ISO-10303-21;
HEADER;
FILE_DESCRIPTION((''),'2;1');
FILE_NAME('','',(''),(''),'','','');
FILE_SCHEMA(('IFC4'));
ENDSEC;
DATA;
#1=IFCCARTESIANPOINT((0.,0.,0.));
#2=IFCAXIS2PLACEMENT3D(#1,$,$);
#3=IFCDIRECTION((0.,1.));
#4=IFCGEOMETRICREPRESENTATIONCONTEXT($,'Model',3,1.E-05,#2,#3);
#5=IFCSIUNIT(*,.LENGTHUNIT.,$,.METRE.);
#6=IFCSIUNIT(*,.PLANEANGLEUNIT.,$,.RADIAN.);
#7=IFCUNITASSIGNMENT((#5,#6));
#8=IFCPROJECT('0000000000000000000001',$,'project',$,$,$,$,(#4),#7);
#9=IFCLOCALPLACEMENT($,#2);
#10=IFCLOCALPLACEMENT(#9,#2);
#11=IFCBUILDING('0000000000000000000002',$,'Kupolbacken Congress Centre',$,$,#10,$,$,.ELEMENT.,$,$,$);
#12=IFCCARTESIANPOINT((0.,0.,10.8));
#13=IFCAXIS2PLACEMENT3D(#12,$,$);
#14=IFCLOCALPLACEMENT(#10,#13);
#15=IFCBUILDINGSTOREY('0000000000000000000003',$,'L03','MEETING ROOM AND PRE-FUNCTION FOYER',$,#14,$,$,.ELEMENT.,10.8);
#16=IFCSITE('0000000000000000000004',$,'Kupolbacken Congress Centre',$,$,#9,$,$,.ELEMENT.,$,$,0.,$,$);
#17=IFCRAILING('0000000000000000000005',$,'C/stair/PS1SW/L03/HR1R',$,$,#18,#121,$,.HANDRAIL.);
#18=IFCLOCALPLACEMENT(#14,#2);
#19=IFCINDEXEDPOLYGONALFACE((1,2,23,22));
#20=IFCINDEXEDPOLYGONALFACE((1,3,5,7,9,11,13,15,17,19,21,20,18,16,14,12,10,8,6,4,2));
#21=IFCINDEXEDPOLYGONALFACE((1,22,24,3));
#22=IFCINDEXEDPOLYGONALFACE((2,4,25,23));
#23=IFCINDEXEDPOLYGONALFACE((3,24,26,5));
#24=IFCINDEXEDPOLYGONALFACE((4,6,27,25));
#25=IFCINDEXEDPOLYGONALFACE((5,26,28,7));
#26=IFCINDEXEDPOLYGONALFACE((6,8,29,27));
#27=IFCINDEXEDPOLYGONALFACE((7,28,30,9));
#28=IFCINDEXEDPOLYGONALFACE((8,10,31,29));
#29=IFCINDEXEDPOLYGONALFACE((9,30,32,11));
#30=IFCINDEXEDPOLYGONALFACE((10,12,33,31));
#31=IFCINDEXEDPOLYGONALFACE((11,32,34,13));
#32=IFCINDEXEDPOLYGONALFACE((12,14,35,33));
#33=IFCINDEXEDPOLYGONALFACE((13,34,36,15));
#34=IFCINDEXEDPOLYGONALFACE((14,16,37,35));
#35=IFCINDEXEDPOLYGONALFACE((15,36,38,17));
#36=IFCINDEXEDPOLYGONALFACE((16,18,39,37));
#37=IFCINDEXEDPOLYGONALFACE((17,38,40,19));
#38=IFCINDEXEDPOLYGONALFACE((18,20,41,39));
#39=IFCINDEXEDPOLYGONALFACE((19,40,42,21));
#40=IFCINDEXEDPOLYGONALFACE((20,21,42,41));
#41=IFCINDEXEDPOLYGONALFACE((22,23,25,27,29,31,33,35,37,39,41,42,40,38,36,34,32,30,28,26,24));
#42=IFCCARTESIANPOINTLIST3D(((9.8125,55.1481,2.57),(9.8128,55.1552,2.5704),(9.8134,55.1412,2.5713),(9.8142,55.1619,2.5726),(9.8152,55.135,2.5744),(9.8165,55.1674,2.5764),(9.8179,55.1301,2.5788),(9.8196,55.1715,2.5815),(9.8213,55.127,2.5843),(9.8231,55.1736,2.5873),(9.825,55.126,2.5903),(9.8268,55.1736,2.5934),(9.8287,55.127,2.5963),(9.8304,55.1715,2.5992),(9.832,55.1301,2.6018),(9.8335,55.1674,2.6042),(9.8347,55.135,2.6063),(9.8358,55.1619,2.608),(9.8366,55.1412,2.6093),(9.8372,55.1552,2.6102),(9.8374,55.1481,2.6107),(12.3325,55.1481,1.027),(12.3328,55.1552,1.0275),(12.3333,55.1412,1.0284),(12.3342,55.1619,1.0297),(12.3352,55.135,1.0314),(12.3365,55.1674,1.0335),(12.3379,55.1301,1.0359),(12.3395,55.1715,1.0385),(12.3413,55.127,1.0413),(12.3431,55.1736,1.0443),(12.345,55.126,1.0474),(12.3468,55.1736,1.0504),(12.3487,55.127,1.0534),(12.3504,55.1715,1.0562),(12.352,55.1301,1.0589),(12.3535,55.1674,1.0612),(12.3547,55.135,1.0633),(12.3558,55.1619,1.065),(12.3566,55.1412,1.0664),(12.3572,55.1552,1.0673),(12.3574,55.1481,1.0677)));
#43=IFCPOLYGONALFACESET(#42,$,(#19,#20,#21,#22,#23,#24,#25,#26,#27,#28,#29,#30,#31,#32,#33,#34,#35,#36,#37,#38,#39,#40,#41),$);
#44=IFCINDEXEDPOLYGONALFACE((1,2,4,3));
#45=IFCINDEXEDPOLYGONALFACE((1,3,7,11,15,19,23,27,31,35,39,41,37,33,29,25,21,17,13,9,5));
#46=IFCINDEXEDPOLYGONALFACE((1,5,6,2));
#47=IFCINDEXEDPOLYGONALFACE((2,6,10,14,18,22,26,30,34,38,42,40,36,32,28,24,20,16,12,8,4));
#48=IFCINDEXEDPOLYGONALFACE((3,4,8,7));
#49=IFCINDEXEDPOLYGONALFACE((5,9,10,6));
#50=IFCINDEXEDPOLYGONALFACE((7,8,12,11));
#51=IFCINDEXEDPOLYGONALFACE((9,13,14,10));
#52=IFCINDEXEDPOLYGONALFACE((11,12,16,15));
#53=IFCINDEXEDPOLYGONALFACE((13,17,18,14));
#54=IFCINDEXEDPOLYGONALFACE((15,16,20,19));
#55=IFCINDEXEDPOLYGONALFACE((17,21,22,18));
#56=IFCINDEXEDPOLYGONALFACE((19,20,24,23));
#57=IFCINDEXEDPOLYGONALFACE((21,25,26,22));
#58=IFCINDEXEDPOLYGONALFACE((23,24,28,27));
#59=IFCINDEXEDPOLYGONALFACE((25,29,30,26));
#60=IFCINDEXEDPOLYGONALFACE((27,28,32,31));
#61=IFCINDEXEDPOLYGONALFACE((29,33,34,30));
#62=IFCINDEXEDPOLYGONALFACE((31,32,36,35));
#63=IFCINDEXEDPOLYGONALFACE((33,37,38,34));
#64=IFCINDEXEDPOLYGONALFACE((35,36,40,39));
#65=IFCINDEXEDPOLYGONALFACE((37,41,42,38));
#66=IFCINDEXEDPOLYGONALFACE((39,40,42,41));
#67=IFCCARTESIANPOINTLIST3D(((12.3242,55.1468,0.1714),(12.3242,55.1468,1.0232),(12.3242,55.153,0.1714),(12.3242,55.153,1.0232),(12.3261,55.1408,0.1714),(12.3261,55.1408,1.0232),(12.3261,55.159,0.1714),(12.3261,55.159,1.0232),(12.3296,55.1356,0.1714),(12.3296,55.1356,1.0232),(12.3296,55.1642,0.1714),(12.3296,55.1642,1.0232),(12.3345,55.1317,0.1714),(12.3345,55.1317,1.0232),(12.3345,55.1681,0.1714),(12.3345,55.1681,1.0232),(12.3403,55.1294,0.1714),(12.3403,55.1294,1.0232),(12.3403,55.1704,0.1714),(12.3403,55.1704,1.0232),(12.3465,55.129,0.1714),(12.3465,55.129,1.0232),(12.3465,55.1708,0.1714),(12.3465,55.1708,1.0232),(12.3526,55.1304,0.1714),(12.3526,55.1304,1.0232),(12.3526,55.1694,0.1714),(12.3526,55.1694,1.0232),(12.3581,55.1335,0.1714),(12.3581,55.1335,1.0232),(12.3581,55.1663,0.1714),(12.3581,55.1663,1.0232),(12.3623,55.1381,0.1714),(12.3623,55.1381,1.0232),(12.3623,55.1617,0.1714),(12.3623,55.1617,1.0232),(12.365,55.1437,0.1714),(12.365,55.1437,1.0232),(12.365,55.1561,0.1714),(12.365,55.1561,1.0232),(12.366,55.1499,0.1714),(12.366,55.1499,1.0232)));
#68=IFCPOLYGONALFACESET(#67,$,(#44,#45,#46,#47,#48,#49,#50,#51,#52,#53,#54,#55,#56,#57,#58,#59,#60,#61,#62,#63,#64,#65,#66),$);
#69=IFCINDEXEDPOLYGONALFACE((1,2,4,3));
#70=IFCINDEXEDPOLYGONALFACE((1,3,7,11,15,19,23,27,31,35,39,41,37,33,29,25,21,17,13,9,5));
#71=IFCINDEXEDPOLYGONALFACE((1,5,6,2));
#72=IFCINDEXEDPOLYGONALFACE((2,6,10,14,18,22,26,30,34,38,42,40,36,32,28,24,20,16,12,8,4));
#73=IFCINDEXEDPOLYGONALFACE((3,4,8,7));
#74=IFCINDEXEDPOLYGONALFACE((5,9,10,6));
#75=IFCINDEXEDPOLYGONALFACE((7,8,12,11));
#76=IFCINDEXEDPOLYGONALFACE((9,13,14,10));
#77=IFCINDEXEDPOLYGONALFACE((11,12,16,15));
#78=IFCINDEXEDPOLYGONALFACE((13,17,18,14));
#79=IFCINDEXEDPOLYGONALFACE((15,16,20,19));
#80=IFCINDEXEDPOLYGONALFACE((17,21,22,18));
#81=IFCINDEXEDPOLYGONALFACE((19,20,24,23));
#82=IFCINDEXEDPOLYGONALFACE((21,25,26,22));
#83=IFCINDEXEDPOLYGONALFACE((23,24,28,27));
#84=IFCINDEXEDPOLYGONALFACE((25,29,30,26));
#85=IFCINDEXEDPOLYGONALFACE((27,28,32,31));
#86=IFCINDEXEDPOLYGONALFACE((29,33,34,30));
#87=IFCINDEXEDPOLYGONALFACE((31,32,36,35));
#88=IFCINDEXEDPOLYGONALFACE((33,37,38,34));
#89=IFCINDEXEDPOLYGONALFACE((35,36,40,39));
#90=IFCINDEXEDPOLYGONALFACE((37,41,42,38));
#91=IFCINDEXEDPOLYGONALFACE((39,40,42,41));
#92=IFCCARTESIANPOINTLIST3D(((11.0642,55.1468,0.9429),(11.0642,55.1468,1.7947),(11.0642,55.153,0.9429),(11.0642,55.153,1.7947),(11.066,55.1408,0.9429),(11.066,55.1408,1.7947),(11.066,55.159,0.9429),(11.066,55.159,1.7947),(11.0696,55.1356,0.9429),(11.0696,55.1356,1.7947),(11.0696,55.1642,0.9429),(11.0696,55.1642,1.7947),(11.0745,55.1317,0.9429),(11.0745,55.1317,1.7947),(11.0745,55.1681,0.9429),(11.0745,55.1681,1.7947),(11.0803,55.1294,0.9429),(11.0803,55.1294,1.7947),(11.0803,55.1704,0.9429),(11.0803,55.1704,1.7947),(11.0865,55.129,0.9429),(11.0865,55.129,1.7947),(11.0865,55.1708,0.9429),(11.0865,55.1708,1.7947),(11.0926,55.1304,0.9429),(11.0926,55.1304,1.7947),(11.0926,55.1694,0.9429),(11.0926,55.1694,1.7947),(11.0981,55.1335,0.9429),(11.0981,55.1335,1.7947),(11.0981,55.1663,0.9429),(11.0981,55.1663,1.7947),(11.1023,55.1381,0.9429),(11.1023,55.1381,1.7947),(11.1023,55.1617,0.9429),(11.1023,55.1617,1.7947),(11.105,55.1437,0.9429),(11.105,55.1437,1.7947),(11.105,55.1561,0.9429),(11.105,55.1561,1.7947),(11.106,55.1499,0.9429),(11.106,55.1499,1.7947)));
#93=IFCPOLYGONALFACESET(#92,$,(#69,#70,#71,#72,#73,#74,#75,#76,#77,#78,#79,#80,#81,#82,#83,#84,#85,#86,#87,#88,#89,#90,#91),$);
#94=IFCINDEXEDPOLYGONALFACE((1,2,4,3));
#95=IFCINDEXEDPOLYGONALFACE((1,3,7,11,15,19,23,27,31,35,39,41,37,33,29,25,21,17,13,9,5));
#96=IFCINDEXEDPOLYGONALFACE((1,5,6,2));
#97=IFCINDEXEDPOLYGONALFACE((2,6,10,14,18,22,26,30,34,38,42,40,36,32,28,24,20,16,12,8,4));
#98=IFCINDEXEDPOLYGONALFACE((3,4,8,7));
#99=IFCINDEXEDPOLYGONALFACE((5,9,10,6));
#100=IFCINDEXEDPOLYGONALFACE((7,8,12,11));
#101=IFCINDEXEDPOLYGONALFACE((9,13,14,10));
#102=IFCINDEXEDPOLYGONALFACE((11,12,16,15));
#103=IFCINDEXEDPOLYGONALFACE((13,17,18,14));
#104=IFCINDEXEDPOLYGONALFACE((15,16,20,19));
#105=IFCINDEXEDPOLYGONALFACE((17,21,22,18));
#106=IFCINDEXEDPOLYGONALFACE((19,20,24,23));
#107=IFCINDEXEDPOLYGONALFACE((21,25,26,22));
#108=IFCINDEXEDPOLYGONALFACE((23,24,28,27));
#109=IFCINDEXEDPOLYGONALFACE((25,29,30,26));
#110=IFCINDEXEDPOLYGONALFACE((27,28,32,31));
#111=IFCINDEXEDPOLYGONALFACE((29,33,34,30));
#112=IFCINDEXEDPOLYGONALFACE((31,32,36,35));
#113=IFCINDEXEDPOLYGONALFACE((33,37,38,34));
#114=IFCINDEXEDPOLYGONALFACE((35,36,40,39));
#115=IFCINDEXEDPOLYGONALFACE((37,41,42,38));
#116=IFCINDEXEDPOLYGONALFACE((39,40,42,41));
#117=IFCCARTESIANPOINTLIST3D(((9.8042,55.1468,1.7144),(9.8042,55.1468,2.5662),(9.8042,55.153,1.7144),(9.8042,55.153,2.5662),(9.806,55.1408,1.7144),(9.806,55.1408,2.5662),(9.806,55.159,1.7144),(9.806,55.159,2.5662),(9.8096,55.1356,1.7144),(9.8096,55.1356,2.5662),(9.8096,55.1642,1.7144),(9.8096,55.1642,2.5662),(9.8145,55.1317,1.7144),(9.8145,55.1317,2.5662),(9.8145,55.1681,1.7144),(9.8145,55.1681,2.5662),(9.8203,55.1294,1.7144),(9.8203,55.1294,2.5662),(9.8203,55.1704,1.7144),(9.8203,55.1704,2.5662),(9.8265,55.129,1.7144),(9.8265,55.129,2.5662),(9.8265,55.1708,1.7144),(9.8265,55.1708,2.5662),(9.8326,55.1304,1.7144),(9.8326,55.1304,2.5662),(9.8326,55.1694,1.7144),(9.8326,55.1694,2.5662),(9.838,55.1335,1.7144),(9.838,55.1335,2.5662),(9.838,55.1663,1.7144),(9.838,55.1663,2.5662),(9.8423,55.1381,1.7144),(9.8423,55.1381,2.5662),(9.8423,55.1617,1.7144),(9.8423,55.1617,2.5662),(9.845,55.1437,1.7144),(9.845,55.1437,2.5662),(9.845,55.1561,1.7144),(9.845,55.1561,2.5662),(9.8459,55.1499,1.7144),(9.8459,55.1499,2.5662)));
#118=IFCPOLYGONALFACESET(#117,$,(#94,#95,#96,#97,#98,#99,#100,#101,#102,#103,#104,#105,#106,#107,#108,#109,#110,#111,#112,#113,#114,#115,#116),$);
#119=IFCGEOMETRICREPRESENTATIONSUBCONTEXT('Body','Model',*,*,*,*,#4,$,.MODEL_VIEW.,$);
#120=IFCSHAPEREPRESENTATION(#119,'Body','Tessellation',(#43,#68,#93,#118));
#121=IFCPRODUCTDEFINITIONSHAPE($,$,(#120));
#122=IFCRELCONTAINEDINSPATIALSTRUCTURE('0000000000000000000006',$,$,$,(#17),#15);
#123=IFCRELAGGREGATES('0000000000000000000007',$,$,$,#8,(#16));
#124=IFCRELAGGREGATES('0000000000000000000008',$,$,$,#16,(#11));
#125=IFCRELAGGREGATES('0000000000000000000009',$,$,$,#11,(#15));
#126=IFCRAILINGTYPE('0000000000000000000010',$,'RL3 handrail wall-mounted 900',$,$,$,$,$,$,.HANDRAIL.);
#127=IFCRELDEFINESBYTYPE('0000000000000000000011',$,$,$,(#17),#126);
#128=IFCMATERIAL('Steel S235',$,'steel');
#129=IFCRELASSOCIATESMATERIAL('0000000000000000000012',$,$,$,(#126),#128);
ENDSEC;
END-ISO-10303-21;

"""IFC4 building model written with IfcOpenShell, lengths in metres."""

from ifc_helpers import new_model, si_unit, direction, frame, origin, origin_2d, place, context, subcontext, project, spatial, circle, extrude, material, type_object, element, save


model = new_model("IFC4")

# Units and contexts
model_context = context("Model", 3, precision=1e-05, world=origin(), true_north=direction((0.0, 1.0)))
body_context = subcontext(model_context, "Body", "Model", "MODEL_VIEW")
ifc_project = project(units=[si_unit("LENGTHUNIT", "METRE"), si_unit("PLANEANGLEUNIT", "RADIAN")], contexts=[model_context])

# Site, building, storey
site_placement = place(None, origin())
site = spatial("IfcSite", under=ifc_project, at=site_placement, Name="Kupolbacken Congress Centre", CompositionType="ELEMENT", RefElevation=0.0)
building_placement = place(site_placement, origin())
building = spatial("IfcBuilding", under=site, at=building_placement, Name="Kupolbacken Congress Centre", CompositionType="ELEMENT")
storey_placement = place(building_placement, frame((0.0, 0.0, 10.8)))
storey = spatial("IfcBuildingStorey", under=building, at=storey_placement, Name="L03", Description="MEETING ROOM AND PRE-FUNCTION FOYER", CompositionType="ELEMENT", Elevation=10.8)

# Railing
ifc_material_1 = material(Name="Steel S235", Category="steel")
railing_type = type_object("IfcRailingType", Name="RL3 handrail wall-mounted 900", PredefinedType="HANDRAIL", material=ifc_material_1)
for number, where, name in (
    (1, (12.345, 55.1499, 0.1714), "C/stair/PS1SW/L03/HR1R"),
):
    element("IfcRailing", number, at=place(storey_placement, frame(where)), inside=storey, type_object=railing_type, Name=name, PredefinedType="HANDRAIL", context=body_context, shape_type="SweptSolid", body=[
        extrude(circle(Radius=0.0239, at=origin_2d()), frame((0.0, 0.0, 0.876), z_axis=(-0.852836, 0.0, 0.522178), x_axis=(0.0, -1.0, 0.0)), (0.0, 0.0, 1.0), 2.9548),
        extrude(circle(Radius=0.021, at=origin_2d()), origin(), (0.0, 0.0, 1.0), 0.8518),
        extrude(circle(Radius=0.021, at=origin_2d()), frame((-1.26, 0.0, 0.7715)), (0.0, 0.0, 1.0), 0.8518),
        extrude(circle(Radius=0.021, at=origin_2d()), frame((-2.52, 0.0, 1.543)), (0.0, 0.0, 1.0), 0.8518),
    ])

save(model, "model.ifc")
